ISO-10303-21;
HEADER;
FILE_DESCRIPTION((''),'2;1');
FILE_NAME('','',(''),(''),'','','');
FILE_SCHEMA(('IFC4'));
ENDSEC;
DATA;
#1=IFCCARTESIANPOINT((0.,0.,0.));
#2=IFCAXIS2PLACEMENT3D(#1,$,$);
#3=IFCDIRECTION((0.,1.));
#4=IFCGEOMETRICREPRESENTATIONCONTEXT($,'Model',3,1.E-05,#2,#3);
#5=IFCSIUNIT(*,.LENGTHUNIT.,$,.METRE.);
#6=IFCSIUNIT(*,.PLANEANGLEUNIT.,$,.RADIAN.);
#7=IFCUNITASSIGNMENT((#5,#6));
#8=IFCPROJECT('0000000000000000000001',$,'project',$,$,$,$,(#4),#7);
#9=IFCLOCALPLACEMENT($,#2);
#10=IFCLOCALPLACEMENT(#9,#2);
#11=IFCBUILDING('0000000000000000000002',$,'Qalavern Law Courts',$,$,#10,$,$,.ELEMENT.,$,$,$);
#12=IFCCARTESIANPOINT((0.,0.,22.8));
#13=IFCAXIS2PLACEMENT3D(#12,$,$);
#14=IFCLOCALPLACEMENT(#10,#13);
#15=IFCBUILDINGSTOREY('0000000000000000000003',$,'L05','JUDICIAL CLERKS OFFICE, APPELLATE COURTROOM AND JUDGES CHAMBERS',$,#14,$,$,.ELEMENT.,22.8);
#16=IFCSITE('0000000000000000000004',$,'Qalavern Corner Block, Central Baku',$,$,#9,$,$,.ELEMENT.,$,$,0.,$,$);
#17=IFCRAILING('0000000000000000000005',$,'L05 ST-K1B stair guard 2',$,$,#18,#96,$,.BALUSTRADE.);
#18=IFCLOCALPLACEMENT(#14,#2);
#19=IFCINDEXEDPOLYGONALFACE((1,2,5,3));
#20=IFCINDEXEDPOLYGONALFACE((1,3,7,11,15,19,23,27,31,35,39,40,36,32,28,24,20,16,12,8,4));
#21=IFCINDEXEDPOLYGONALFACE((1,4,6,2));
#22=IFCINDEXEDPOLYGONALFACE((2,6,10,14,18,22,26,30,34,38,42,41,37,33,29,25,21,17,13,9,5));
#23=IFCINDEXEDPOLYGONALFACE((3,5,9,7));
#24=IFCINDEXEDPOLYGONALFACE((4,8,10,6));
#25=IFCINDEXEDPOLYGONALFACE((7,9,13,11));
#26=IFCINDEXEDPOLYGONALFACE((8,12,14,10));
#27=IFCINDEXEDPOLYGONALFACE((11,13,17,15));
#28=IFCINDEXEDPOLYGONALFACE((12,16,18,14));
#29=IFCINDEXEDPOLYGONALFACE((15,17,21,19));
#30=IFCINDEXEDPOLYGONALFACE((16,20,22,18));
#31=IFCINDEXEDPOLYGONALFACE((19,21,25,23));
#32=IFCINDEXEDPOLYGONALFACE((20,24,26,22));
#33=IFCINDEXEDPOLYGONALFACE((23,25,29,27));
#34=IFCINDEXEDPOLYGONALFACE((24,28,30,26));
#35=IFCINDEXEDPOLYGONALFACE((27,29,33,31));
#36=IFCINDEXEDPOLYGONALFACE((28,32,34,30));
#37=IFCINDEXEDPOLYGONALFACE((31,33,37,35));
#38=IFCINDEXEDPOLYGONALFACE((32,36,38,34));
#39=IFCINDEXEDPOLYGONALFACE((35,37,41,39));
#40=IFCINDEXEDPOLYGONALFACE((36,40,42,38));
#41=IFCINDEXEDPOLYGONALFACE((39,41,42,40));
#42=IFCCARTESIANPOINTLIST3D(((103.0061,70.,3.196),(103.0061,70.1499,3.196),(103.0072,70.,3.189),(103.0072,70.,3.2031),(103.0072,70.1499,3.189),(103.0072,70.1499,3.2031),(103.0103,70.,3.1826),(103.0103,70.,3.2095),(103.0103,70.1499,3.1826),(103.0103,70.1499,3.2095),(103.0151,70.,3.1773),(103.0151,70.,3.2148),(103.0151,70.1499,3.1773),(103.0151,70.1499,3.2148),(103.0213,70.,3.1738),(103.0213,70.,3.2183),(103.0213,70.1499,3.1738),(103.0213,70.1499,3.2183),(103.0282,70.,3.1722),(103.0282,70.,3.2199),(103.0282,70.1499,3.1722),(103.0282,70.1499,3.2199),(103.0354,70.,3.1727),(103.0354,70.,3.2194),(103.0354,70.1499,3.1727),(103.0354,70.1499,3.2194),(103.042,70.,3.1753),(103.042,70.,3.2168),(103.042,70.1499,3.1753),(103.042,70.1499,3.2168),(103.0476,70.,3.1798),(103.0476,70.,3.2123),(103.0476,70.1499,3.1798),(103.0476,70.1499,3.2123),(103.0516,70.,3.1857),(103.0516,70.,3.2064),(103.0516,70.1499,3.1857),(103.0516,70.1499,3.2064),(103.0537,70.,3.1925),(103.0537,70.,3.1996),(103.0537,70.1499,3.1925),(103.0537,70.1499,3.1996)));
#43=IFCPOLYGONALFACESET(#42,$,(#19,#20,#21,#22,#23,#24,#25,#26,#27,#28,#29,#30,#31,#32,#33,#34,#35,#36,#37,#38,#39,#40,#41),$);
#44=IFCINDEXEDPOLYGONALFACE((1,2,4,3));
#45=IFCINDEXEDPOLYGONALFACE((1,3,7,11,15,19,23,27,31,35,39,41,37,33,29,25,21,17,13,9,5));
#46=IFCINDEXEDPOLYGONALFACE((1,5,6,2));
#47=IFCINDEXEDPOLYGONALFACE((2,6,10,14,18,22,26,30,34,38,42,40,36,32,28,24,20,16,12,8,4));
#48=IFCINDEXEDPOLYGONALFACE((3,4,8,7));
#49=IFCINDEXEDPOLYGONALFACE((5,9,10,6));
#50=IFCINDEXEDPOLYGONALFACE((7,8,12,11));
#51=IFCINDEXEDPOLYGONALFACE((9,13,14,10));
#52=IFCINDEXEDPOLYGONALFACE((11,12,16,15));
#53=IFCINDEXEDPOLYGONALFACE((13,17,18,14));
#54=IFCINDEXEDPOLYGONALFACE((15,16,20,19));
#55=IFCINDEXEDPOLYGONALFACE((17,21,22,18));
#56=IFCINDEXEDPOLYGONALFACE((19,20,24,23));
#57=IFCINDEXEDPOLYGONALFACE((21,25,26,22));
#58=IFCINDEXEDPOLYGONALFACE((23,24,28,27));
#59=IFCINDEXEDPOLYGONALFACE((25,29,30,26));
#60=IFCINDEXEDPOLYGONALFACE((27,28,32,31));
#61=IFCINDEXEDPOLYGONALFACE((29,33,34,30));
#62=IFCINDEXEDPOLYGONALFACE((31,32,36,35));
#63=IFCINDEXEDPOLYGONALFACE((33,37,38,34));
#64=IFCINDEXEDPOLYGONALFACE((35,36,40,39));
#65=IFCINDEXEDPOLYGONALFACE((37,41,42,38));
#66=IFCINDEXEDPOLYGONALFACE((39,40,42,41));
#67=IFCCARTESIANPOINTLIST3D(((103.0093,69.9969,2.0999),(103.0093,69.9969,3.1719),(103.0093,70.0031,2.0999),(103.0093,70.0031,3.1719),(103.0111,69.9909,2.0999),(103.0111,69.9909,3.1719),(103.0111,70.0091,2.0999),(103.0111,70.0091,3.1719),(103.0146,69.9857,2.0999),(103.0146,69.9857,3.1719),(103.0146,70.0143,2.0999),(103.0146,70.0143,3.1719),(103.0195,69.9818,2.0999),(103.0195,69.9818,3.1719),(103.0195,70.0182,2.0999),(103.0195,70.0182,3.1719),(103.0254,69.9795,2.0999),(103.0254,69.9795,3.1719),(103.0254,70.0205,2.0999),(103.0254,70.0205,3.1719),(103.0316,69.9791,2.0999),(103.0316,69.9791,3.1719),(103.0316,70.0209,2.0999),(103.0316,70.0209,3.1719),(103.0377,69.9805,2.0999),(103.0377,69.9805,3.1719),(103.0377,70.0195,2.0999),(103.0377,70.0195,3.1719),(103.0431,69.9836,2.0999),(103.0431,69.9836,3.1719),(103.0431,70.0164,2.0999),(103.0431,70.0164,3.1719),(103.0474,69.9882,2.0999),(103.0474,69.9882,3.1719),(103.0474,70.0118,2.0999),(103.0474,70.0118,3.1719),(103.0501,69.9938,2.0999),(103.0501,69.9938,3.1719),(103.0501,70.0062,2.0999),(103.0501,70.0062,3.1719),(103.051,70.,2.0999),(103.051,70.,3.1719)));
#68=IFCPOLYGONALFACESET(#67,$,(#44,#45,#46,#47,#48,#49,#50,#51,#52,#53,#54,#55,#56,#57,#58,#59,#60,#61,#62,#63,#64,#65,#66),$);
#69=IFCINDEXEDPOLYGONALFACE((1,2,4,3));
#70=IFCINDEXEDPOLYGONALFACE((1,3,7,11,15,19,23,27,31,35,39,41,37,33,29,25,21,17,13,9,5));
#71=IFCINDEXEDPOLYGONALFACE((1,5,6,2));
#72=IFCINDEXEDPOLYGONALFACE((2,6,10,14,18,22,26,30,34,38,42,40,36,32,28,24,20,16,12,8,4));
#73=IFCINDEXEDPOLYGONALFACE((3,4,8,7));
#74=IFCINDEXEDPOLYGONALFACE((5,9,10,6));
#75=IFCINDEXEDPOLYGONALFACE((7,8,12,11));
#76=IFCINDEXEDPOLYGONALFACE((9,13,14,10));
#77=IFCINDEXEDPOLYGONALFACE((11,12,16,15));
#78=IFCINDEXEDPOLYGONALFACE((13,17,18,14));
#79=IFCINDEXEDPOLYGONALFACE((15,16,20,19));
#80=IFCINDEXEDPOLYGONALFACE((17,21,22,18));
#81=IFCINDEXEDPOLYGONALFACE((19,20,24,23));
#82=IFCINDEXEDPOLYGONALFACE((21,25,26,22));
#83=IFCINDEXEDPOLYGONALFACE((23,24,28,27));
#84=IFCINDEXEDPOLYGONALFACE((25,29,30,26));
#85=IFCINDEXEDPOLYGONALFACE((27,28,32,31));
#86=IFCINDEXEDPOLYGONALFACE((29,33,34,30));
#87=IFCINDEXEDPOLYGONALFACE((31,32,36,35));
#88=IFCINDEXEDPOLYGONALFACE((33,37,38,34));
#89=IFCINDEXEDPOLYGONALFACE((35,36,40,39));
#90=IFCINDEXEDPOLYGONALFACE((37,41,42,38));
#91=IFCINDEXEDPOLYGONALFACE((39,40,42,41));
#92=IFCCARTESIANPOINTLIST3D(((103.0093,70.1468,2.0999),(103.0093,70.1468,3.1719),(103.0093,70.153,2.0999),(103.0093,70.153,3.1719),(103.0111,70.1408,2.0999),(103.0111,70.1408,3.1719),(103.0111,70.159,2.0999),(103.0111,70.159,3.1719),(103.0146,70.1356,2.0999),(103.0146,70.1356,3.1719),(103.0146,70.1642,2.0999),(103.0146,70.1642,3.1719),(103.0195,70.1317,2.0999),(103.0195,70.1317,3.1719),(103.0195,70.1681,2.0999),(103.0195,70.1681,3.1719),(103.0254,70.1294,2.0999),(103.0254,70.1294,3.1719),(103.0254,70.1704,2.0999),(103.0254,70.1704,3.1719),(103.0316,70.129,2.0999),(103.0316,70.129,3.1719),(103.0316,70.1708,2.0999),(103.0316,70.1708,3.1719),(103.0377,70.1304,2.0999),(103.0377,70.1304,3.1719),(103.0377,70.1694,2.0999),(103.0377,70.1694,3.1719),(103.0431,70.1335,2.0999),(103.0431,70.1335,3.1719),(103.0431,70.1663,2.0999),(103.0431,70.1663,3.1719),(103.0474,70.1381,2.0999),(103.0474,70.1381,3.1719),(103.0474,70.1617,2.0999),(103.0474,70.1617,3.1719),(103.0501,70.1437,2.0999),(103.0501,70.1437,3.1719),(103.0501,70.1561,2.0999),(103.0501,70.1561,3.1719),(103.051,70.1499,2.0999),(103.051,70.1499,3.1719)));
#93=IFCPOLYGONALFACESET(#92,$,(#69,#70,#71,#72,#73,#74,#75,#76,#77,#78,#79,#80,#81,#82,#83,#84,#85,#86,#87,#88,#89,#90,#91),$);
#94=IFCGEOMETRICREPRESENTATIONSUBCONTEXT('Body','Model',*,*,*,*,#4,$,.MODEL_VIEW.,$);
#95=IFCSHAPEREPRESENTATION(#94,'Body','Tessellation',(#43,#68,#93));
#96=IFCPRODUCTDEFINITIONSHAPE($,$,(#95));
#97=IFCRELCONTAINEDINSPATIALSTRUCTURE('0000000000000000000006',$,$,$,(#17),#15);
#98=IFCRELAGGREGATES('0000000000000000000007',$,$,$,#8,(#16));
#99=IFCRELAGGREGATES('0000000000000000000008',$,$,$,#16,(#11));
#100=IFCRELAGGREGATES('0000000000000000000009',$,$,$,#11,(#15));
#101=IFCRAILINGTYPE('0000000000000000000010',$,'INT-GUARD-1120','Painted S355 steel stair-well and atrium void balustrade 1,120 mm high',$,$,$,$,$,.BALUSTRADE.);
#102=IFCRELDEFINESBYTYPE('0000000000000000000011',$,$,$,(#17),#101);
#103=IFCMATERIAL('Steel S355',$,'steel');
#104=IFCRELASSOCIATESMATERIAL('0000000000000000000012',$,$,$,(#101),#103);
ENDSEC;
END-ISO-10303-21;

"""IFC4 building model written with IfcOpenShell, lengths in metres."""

from ifc_helpers import new_model, si_unit, direction, frame, origin, origin_2d, place, context, subcontext, project, spatial, circle, extrude, material, type_object, element, save


model = new_model("IFC4")

# Units and contexts
model_context = context("Model", 3, precision=1e-05, world=origin(), true_north=direction((0.0, 1.0)))
body_context = subcontext(model_context, "Body", "Model", "MODEL_VIEW")
ifc_project = project(units=[si_unit("LENGTHUNIT", "METRE"), si_unit("PLANEANGLEUNIT", "RADIAN")], contexts=[model_context])

# Site, building, storey
site_placement = place(None, origin())
site = spatial("IfcSite", under=ifc_project, at=site_placement, Name="Qalavern Corner Block, Central Baku", CompositionType="ELEMENT", RefElevation=0.0)
building_placement = place(site_placement, origin())
building = spatial("IfcBuilding", under=site, at=building_placement, Name="Qalavern Law Courts", CompositionType="ELEMENT")
storey_placement = place(building_placement, frame((0.0, 0.0, 22.8)))
storey = spatial("IfcBuildingStorey", under=building, at=storey_placement, Name="L05", Description="JUDICIAL CLERKS OFFICE, APPELLATE COURTROOM AND JUDGES CHAMBERS", CompositionType="ELEMENT", Elevation=22.8)

# Shared definitions
ifc_material_1 = material(Name="Steel S355", Category="steel")

# Railing
railing_type_1 = type_object("IfcRailingType", Name="INT-GUARD-1120", Description="Painted S355 steel stair-well and atrium void balustrade 1,120 mm high", PredefinedType="BALUSTRADE", material=ifc_material_1)
railing_1_placement = place(storey_placement, frame((103.03, 70.0, 2.0999)))
element("IfcRailing", 1, at=railing_1_placement, inside=storey, type_object=railing_type_1, Name="L05 ST-K1B stair guard 2", PredefinedType="BALUSTRADE", context=body_context, shape_type="SweptSolid", body=[
    extrude(circle(Radius=0.0239, at=origin_2d()), frame((0.0, 0.0, 1.0962), z_axis=(0.0, 1.0, 0.0), x_axis=(-1.0, 0.0, 0.0)), (0.0, 0.0, 1.0), 0.1499),
    extrude(circle(Radius=0.021, at=origin_2d()), origin(), (0.0, 0.0, 1.0), 1.072),
    extrude(circle(Radius=0.021, at=origin_2d()), frame((0.0, 0.1499, 0.0)), (0.0, 0.0, 1.0), 1.072),
])

save(model, "model.ifc")
